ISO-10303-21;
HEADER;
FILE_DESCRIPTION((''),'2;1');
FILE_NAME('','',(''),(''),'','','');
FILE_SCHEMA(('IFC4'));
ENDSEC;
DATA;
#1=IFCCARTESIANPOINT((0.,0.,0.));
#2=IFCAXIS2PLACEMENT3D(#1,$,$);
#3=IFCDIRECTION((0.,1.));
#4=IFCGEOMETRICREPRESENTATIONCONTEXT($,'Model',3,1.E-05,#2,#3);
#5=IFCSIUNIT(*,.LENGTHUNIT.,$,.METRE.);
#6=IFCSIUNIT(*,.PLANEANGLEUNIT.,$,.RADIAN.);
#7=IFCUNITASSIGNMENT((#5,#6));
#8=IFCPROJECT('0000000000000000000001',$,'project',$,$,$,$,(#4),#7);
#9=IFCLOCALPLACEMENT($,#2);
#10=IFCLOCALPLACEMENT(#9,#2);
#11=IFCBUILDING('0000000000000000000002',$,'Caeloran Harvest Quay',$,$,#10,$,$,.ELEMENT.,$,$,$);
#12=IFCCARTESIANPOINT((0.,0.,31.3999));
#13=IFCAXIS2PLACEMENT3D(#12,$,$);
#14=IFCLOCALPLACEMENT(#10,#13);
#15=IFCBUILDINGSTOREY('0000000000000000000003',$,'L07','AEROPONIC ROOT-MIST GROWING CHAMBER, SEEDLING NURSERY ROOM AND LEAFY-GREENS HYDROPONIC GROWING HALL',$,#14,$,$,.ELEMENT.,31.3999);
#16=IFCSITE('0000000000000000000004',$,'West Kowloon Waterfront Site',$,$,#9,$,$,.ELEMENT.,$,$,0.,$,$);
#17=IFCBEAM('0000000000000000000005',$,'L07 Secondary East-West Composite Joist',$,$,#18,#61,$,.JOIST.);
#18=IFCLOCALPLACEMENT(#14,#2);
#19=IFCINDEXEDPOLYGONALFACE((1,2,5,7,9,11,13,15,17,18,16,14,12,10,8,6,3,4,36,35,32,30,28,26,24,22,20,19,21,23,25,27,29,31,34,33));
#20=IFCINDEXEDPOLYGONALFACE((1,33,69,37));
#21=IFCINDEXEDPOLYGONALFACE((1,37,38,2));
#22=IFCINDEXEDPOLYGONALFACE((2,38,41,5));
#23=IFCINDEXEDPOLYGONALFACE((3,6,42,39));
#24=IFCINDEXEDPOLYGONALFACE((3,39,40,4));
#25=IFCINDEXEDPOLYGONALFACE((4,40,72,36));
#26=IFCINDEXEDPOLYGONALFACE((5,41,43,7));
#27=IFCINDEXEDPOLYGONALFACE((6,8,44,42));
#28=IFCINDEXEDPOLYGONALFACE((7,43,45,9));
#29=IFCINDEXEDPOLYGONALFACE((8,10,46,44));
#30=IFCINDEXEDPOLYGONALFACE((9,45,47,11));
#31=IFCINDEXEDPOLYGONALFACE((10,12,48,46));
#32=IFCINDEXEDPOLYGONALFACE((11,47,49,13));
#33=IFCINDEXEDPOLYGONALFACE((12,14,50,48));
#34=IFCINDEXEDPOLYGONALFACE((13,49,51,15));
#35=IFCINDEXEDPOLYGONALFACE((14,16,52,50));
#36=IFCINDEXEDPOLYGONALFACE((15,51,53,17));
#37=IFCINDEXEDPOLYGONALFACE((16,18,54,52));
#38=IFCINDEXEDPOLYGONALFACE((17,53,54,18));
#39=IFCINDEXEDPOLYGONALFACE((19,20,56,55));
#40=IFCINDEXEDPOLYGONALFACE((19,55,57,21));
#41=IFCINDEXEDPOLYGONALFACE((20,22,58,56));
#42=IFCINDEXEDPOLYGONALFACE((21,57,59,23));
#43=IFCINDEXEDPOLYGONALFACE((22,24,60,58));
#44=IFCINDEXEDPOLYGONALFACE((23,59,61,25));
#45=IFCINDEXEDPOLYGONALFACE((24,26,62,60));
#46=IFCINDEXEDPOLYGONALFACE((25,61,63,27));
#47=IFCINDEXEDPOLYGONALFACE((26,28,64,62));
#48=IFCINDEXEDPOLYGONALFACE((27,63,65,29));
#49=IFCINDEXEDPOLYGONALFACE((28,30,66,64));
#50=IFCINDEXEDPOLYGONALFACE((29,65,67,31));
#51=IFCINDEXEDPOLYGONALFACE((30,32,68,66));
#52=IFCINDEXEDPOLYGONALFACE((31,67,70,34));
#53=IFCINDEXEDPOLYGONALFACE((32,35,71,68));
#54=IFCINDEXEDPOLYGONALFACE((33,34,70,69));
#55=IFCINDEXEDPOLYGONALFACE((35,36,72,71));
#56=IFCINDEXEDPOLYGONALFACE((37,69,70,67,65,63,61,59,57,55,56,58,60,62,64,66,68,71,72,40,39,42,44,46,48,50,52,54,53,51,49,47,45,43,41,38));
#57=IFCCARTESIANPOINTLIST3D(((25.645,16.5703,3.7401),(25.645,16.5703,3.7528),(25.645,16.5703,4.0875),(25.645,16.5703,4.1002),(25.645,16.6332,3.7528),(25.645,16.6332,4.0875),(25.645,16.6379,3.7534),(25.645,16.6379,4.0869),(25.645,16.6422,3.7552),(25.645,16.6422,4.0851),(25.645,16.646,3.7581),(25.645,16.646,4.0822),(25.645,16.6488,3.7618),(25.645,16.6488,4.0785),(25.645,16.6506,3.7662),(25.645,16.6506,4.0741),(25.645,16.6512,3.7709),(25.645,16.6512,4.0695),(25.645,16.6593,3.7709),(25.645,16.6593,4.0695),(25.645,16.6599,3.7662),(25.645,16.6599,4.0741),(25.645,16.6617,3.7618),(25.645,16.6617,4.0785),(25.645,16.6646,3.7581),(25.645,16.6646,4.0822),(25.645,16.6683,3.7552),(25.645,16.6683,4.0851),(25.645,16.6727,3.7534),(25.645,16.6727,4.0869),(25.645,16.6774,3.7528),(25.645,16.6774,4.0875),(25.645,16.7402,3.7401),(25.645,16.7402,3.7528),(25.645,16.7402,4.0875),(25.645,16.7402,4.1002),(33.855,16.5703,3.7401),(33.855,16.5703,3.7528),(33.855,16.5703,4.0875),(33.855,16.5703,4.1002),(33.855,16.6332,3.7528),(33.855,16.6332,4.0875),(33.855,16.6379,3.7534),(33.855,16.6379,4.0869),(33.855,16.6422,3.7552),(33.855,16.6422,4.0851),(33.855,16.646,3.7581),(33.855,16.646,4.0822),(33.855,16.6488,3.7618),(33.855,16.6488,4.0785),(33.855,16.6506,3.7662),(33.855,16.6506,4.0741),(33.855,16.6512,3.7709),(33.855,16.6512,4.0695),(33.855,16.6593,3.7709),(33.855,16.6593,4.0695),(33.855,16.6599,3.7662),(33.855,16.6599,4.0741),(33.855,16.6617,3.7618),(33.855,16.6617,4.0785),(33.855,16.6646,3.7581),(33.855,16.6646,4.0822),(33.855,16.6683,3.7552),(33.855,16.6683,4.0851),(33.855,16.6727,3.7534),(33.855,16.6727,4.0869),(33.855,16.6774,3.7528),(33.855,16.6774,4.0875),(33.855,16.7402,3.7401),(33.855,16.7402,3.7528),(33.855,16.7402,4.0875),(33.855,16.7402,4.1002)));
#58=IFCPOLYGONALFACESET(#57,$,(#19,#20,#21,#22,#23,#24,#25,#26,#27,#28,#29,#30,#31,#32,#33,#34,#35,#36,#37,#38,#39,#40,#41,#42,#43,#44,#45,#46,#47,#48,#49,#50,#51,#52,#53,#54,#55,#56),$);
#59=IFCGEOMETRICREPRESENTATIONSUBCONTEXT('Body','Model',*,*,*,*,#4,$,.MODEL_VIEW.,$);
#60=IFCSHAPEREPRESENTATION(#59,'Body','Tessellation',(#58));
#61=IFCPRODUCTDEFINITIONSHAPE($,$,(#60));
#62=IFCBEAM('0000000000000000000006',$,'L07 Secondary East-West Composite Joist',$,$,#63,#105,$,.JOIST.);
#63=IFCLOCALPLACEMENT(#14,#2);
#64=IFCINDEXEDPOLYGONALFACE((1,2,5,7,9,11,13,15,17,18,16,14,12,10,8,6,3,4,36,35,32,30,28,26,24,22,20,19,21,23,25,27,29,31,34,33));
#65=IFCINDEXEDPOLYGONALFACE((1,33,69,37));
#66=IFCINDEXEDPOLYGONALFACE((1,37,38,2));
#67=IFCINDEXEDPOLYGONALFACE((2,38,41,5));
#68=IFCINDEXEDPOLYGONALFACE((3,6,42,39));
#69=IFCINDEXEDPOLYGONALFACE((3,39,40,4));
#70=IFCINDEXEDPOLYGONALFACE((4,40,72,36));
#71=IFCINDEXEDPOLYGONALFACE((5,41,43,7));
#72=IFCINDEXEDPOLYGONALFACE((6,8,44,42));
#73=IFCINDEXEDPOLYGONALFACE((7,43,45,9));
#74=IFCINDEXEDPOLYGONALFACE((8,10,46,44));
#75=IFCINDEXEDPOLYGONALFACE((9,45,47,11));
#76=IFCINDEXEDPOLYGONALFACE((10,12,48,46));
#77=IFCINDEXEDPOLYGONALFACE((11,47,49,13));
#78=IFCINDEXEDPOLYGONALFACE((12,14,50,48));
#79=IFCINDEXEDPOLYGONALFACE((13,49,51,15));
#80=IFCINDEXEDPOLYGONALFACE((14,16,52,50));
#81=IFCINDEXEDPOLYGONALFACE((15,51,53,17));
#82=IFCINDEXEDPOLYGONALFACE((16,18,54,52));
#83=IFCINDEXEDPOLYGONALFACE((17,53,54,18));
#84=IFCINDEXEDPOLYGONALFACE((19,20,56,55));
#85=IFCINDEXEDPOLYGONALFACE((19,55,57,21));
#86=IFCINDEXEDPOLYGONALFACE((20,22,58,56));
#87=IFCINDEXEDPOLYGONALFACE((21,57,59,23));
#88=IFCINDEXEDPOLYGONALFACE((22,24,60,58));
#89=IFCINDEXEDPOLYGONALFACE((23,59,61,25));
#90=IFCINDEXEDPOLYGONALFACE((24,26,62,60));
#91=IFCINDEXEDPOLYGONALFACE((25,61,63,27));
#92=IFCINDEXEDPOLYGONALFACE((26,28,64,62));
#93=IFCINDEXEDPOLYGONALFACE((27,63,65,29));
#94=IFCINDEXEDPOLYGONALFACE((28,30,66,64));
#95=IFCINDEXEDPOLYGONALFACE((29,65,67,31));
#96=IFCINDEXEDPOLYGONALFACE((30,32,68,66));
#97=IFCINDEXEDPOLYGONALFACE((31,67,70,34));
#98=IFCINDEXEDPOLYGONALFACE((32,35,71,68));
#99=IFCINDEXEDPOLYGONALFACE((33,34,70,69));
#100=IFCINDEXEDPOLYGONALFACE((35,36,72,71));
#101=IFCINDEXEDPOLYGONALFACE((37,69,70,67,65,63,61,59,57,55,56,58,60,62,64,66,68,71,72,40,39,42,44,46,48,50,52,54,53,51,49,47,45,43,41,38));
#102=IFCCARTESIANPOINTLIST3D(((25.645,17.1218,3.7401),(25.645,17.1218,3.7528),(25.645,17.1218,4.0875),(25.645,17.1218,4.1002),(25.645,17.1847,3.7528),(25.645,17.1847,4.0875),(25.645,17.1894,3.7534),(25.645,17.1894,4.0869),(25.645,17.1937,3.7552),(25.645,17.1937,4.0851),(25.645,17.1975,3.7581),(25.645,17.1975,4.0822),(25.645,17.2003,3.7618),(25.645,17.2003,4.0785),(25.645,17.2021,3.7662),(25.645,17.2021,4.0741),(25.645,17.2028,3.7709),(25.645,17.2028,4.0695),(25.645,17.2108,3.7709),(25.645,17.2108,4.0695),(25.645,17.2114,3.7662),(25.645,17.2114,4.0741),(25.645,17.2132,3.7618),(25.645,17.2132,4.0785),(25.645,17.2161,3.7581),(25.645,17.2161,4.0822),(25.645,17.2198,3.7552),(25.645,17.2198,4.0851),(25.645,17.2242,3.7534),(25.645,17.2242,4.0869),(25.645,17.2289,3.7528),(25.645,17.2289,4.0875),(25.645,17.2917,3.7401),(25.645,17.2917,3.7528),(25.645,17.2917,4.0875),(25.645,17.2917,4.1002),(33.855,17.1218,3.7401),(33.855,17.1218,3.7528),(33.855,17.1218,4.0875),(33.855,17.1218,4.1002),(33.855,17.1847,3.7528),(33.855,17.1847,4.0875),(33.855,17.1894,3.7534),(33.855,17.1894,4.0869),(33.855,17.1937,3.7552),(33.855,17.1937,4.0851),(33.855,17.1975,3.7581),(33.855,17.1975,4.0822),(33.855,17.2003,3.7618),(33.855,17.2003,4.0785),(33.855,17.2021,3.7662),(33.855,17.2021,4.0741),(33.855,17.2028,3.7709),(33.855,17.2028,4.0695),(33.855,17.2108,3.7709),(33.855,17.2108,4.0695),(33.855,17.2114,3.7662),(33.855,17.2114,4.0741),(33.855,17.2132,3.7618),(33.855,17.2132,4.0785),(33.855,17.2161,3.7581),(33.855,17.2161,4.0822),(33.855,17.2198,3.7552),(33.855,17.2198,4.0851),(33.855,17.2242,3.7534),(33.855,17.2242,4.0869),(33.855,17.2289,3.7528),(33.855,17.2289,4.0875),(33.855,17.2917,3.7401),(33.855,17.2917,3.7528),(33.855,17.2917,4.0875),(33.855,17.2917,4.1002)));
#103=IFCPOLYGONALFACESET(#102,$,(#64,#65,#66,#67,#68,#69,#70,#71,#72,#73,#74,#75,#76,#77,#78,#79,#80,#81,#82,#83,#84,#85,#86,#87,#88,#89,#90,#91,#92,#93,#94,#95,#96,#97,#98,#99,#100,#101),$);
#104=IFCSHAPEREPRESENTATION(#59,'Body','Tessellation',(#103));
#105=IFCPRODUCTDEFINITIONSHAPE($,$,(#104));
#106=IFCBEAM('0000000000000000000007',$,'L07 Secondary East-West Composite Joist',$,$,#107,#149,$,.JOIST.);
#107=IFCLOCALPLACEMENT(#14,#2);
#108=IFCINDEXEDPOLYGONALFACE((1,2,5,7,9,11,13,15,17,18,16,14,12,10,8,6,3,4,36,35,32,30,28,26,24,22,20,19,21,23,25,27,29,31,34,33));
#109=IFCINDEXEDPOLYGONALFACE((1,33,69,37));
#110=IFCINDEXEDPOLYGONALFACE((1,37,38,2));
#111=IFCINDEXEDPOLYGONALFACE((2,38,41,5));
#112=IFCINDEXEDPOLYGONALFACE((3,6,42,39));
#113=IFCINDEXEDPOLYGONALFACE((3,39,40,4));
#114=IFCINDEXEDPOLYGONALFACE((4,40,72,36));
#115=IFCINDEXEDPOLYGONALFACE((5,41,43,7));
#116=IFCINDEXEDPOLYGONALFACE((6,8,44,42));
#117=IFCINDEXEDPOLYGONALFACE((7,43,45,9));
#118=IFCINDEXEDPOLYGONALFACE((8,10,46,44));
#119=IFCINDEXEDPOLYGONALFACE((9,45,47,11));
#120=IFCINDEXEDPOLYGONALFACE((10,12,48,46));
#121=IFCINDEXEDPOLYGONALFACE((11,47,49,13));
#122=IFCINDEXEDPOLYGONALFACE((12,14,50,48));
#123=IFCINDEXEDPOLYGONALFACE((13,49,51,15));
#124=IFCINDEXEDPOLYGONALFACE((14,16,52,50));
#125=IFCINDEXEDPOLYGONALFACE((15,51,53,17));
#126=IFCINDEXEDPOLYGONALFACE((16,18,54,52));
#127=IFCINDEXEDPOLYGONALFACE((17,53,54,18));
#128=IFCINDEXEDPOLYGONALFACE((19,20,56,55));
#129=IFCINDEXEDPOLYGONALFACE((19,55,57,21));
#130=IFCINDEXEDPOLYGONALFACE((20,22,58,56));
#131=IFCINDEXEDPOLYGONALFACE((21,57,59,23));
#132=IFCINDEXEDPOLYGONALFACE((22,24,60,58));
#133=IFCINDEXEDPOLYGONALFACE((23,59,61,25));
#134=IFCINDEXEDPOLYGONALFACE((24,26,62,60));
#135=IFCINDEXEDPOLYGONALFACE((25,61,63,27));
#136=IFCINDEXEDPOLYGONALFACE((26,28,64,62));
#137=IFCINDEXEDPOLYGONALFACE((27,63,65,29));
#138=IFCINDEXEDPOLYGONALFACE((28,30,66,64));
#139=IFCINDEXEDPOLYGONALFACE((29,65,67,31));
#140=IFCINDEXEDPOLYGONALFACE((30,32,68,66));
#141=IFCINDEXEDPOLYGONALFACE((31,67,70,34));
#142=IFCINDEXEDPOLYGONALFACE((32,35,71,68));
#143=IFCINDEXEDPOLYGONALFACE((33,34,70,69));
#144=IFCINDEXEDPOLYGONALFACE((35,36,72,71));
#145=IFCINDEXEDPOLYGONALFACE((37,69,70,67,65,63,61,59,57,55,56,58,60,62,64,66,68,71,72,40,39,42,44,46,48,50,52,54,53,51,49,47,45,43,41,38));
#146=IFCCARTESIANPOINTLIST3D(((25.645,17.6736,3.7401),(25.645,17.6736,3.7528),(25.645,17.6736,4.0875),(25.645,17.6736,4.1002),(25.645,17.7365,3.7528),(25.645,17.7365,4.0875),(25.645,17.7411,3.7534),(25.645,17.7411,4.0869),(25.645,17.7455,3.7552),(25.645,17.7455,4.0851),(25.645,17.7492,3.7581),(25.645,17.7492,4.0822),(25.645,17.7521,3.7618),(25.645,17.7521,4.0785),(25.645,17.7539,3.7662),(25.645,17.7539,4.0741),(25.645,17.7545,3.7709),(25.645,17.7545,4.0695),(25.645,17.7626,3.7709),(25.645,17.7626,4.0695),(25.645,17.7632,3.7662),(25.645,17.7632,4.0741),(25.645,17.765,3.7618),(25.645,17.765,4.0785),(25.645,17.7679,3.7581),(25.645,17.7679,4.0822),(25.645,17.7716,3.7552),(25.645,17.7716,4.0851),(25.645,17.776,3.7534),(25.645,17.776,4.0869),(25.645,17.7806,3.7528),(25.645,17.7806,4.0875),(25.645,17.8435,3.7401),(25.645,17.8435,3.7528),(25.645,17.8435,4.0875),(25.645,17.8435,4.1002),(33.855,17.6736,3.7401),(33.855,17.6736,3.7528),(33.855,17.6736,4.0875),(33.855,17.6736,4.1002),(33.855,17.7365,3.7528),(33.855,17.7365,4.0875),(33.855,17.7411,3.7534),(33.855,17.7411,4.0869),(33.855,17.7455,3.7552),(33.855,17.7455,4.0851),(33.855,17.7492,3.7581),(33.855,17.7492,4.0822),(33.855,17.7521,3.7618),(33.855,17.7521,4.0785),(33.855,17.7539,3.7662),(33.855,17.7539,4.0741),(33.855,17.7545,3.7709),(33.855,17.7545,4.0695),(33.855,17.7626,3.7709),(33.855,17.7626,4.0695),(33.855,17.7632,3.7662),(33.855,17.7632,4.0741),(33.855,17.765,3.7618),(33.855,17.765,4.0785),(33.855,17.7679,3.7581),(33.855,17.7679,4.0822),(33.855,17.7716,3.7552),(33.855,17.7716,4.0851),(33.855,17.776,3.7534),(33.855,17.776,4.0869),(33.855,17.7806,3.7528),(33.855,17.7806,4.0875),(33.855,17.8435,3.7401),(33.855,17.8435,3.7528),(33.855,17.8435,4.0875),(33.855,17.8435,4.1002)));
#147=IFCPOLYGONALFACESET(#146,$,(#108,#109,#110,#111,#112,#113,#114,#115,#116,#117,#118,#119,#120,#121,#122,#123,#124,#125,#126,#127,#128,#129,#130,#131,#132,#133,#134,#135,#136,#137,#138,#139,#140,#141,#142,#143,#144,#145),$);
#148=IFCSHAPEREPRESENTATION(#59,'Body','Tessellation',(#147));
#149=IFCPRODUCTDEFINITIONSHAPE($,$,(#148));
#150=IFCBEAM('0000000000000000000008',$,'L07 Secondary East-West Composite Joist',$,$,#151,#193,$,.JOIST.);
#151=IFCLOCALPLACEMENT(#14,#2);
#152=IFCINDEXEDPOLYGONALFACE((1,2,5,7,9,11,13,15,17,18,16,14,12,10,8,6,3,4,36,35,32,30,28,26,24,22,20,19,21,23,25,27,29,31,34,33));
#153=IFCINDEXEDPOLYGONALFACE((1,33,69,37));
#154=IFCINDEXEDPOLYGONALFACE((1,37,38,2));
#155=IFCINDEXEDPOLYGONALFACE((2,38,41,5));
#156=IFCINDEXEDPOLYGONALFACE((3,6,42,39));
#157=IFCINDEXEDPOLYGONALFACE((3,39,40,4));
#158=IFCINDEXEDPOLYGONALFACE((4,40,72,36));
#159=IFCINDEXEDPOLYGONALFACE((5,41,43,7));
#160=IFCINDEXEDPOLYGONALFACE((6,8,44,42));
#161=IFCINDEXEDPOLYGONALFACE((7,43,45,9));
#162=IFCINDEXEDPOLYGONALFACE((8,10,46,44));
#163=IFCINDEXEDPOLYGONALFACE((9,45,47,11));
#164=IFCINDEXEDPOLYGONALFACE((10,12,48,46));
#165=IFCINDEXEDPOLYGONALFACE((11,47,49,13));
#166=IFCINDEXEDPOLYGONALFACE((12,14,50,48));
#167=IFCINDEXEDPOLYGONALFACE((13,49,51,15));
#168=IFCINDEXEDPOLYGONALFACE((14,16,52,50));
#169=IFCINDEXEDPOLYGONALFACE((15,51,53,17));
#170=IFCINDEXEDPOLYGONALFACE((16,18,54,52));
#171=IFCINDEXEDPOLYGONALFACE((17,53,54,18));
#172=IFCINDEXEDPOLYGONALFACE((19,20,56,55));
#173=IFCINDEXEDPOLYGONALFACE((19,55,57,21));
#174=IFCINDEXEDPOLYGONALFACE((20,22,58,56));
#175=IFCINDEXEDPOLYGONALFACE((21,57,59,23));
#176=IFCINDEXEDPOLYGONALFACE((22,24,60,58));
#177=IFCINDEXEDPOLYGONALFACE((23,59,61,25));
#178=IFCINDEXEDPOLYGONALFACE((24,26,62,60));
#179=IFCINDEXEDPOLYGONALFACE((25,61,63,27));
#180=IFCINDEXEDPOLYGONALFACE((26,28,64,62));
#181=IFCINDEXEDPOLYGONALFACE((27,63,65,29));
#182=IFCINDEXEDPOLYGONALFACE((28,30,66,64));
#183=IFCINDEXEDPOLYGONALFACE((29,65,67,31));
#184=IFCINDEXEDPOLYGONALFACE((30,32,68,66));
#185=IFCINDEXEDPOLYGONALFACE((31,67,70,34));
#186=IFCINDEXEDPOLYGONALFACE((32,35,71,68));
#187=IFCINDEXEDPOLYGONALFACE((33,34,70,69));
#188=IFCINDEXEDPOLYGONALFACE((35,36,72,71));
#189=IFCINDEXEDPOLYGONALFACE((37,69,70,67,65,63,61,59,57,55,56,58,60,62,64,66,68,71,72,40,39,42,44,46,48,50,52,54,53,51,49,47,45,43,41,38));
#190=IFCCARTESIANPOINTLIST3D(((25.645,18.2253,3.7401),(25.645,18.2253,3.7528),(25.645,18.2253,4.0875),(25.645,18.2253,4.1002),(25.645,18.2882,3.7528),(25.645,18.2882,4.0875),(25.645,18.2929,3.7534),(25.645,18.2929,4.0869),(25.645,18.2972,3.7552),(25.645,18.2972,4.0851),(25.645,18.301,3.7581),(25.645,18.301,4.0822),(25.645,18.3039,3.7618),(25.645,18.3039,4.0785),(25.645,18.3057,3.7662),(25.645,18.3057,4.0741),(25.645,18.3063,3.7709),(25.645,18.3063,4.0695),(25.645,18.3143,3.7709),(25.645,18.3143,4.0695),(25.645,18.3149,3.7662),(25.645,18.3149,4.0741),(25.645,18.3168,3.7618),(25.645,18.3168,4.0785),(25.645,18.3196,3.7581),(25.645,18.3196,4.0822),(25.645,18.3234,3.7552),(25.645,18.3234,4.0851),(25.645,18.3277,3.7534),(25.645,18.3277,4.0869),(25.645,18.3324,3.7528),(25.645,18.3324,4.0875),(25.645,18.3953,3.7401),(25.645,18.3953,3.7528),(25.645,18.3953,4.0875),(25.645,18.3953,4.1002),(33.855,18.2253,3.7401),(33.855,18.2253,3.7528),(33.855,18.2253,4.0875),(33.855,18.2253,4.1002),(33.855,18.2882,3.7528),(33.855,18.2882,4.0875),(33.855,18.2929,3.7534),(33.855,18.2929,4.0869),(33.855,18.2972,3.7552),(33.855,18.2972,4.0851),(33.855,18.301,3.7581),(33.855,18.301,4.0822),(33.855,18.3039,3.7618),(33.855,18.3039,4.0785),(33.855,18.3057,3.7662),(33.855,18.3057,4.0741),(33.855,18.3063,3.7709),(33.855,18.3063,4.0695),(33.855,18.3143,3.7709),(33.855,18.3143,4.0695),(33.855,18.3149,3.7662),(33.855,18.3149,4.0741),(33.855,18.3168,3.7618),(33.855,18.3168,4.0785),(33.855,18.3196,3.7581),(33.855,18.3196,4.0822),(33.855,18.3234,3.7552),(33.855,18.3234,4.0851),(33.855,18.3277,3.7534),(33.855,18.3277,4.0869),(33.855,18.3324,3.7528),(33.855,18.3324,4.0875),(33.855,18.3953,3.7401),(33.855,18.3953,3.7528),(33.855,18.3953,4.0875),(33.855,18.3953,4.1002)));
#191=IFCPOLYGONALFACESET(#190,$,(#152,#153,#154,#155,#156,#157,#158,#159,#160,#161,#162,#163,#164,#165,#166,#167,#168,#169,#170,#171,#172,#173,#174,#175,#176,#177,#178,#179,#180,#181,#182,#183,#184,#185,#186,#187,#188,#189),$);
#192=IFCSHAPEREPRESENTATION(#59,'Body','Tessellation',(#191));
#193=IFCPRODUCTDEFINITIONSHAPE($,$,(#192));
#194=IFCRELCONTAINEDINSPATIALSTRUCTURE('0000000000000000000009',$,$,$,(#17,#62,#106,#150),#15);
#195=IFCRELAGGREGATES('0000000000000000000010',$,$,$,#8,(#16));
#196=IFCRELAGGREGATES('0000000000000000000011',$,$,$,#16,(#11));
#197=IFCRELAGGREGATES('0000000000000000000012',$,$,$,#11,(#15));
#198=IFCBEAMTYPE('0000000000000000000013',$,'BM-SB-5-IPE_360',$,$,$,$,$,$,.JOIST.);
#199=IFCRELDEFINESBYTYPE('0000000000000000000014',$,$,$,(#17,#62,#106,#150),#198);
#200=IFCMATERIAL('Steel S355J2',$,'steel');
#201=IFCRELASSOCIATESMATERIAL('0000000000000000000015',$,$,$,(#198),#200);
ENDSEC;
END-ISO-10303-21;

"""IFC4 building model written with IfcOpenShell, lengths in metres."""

from ifc_helpers import new_model, si_unit, direction, frame, origin, origin_2d, place, context, subcontext, project, spatial, i_section, extrude, material, material_profile, profile_set, type_object, element, save


model = new_model("IFC4")

# Units and contexts
model_context = context("Model", 3, precision=1e-05, world=origin(), true_north=direction((0.0, 1.0)))
body_context = subcontext(model_context, "Body", "Model", "MODEL_VIEW")
ifc_project = project(units=[si_unit("LENGTHUNIT", "METRE"), si_unit("PLANEANGLEUNIT", "RADIAN")], contexts=[model_context])

# Site, building, storey
site_placement = place(None, origin())
site = spatial("IfcSite", under=ifc_project, at=site_placement, Name="West Kowloon Waterfront Site", CompositionType="ELEMENT", RefElevation=0.0)
building_placement = place(site_placement, origin())
building = spatial("IfcBuilding", under=site, at=building_placement, Name="Caeloran Harvest Quay", CompositionType="ELEMENT")
storey_placement = place(building_placement, frame((0.0, 0.0, 31.3999)))
storey = spatial("IfcBuildingStorey", under=building, at=storey_placement, Name="L07", Description="AEROPONIC ROOT-MIST GROWING CHAMBER, SEEDLING NURSERY ROOM AND LEAFY-GREENS HYDROPONIC GROWING HALL", CompositionType="ELEMENT", Elevation=31.3999)

# Beams
ifc_material_1 = material(Name="Steel S355J2", Category="steel")
ifc_material_profile_1 = material_profile(ifc_material_1, i_section(OverallWidth=0.1699, OverallDepth=0.3601, WebThickness=0.0081, FlangeThickness=0.0127, FilletRadius=0.0181, at=origin_2d()), Name="IPE 360")
ifc_profile_set_1 = profile_set([ifc_material_profile_1], Name="Steel S355J2")
beam_type_1 = type_object("IfcBeamType", Name="BM-SB-5-IPE_360", PredefinedType="JOIST", material=ifc_profile_set_1)
for number, where, z_axis, x_axis, name in (
    (1, (25.645, 16.6553, 3.9202), (1.0, 0.0, 0.0), (0.0, 1.0, 0.0), "L07 Secondary East-West Composite Joist"),
    (2, (25.645, 17.2068, 3.9202), (1.0, 0.0, 0.0), (0.0, 1.0, 0.0), "L07 Secondary East-West Composite Joist"),
    (3, (25.645, 17.7585, 3.9202), (1.0, 0.0, 0.0), (0.0, 1.0, 0.0), "L07 Secondary East-West Composite Joist"),
    (4, (25.645, 18.3103, 3.9202), (1.0, 0.0, 0.0), (0.0, 1.0, 0.0), "L07 Secondary East-West Composite Joist"),
):
    element("IfcBeam", number, at=place(storey_placement, frame(where, z_axis=z_axis, x_axis=x_axis)), inside=storey, type_object=beam_type_1, Name=name, PredefinedType="JOIST", context=body_context, shape_type="SweptSolid", body=[
        extrude(i_section(OverallWidth=0.1699, OverallDepth=0.3601, WebThickness=0.0081, FlangeThickness=0.0127, FilletRadius=0.0181, at=origin_2d()), origin(), (0.0, 0.0, 1.0), 8.21),
    ])

save(model, "model.ifc")
